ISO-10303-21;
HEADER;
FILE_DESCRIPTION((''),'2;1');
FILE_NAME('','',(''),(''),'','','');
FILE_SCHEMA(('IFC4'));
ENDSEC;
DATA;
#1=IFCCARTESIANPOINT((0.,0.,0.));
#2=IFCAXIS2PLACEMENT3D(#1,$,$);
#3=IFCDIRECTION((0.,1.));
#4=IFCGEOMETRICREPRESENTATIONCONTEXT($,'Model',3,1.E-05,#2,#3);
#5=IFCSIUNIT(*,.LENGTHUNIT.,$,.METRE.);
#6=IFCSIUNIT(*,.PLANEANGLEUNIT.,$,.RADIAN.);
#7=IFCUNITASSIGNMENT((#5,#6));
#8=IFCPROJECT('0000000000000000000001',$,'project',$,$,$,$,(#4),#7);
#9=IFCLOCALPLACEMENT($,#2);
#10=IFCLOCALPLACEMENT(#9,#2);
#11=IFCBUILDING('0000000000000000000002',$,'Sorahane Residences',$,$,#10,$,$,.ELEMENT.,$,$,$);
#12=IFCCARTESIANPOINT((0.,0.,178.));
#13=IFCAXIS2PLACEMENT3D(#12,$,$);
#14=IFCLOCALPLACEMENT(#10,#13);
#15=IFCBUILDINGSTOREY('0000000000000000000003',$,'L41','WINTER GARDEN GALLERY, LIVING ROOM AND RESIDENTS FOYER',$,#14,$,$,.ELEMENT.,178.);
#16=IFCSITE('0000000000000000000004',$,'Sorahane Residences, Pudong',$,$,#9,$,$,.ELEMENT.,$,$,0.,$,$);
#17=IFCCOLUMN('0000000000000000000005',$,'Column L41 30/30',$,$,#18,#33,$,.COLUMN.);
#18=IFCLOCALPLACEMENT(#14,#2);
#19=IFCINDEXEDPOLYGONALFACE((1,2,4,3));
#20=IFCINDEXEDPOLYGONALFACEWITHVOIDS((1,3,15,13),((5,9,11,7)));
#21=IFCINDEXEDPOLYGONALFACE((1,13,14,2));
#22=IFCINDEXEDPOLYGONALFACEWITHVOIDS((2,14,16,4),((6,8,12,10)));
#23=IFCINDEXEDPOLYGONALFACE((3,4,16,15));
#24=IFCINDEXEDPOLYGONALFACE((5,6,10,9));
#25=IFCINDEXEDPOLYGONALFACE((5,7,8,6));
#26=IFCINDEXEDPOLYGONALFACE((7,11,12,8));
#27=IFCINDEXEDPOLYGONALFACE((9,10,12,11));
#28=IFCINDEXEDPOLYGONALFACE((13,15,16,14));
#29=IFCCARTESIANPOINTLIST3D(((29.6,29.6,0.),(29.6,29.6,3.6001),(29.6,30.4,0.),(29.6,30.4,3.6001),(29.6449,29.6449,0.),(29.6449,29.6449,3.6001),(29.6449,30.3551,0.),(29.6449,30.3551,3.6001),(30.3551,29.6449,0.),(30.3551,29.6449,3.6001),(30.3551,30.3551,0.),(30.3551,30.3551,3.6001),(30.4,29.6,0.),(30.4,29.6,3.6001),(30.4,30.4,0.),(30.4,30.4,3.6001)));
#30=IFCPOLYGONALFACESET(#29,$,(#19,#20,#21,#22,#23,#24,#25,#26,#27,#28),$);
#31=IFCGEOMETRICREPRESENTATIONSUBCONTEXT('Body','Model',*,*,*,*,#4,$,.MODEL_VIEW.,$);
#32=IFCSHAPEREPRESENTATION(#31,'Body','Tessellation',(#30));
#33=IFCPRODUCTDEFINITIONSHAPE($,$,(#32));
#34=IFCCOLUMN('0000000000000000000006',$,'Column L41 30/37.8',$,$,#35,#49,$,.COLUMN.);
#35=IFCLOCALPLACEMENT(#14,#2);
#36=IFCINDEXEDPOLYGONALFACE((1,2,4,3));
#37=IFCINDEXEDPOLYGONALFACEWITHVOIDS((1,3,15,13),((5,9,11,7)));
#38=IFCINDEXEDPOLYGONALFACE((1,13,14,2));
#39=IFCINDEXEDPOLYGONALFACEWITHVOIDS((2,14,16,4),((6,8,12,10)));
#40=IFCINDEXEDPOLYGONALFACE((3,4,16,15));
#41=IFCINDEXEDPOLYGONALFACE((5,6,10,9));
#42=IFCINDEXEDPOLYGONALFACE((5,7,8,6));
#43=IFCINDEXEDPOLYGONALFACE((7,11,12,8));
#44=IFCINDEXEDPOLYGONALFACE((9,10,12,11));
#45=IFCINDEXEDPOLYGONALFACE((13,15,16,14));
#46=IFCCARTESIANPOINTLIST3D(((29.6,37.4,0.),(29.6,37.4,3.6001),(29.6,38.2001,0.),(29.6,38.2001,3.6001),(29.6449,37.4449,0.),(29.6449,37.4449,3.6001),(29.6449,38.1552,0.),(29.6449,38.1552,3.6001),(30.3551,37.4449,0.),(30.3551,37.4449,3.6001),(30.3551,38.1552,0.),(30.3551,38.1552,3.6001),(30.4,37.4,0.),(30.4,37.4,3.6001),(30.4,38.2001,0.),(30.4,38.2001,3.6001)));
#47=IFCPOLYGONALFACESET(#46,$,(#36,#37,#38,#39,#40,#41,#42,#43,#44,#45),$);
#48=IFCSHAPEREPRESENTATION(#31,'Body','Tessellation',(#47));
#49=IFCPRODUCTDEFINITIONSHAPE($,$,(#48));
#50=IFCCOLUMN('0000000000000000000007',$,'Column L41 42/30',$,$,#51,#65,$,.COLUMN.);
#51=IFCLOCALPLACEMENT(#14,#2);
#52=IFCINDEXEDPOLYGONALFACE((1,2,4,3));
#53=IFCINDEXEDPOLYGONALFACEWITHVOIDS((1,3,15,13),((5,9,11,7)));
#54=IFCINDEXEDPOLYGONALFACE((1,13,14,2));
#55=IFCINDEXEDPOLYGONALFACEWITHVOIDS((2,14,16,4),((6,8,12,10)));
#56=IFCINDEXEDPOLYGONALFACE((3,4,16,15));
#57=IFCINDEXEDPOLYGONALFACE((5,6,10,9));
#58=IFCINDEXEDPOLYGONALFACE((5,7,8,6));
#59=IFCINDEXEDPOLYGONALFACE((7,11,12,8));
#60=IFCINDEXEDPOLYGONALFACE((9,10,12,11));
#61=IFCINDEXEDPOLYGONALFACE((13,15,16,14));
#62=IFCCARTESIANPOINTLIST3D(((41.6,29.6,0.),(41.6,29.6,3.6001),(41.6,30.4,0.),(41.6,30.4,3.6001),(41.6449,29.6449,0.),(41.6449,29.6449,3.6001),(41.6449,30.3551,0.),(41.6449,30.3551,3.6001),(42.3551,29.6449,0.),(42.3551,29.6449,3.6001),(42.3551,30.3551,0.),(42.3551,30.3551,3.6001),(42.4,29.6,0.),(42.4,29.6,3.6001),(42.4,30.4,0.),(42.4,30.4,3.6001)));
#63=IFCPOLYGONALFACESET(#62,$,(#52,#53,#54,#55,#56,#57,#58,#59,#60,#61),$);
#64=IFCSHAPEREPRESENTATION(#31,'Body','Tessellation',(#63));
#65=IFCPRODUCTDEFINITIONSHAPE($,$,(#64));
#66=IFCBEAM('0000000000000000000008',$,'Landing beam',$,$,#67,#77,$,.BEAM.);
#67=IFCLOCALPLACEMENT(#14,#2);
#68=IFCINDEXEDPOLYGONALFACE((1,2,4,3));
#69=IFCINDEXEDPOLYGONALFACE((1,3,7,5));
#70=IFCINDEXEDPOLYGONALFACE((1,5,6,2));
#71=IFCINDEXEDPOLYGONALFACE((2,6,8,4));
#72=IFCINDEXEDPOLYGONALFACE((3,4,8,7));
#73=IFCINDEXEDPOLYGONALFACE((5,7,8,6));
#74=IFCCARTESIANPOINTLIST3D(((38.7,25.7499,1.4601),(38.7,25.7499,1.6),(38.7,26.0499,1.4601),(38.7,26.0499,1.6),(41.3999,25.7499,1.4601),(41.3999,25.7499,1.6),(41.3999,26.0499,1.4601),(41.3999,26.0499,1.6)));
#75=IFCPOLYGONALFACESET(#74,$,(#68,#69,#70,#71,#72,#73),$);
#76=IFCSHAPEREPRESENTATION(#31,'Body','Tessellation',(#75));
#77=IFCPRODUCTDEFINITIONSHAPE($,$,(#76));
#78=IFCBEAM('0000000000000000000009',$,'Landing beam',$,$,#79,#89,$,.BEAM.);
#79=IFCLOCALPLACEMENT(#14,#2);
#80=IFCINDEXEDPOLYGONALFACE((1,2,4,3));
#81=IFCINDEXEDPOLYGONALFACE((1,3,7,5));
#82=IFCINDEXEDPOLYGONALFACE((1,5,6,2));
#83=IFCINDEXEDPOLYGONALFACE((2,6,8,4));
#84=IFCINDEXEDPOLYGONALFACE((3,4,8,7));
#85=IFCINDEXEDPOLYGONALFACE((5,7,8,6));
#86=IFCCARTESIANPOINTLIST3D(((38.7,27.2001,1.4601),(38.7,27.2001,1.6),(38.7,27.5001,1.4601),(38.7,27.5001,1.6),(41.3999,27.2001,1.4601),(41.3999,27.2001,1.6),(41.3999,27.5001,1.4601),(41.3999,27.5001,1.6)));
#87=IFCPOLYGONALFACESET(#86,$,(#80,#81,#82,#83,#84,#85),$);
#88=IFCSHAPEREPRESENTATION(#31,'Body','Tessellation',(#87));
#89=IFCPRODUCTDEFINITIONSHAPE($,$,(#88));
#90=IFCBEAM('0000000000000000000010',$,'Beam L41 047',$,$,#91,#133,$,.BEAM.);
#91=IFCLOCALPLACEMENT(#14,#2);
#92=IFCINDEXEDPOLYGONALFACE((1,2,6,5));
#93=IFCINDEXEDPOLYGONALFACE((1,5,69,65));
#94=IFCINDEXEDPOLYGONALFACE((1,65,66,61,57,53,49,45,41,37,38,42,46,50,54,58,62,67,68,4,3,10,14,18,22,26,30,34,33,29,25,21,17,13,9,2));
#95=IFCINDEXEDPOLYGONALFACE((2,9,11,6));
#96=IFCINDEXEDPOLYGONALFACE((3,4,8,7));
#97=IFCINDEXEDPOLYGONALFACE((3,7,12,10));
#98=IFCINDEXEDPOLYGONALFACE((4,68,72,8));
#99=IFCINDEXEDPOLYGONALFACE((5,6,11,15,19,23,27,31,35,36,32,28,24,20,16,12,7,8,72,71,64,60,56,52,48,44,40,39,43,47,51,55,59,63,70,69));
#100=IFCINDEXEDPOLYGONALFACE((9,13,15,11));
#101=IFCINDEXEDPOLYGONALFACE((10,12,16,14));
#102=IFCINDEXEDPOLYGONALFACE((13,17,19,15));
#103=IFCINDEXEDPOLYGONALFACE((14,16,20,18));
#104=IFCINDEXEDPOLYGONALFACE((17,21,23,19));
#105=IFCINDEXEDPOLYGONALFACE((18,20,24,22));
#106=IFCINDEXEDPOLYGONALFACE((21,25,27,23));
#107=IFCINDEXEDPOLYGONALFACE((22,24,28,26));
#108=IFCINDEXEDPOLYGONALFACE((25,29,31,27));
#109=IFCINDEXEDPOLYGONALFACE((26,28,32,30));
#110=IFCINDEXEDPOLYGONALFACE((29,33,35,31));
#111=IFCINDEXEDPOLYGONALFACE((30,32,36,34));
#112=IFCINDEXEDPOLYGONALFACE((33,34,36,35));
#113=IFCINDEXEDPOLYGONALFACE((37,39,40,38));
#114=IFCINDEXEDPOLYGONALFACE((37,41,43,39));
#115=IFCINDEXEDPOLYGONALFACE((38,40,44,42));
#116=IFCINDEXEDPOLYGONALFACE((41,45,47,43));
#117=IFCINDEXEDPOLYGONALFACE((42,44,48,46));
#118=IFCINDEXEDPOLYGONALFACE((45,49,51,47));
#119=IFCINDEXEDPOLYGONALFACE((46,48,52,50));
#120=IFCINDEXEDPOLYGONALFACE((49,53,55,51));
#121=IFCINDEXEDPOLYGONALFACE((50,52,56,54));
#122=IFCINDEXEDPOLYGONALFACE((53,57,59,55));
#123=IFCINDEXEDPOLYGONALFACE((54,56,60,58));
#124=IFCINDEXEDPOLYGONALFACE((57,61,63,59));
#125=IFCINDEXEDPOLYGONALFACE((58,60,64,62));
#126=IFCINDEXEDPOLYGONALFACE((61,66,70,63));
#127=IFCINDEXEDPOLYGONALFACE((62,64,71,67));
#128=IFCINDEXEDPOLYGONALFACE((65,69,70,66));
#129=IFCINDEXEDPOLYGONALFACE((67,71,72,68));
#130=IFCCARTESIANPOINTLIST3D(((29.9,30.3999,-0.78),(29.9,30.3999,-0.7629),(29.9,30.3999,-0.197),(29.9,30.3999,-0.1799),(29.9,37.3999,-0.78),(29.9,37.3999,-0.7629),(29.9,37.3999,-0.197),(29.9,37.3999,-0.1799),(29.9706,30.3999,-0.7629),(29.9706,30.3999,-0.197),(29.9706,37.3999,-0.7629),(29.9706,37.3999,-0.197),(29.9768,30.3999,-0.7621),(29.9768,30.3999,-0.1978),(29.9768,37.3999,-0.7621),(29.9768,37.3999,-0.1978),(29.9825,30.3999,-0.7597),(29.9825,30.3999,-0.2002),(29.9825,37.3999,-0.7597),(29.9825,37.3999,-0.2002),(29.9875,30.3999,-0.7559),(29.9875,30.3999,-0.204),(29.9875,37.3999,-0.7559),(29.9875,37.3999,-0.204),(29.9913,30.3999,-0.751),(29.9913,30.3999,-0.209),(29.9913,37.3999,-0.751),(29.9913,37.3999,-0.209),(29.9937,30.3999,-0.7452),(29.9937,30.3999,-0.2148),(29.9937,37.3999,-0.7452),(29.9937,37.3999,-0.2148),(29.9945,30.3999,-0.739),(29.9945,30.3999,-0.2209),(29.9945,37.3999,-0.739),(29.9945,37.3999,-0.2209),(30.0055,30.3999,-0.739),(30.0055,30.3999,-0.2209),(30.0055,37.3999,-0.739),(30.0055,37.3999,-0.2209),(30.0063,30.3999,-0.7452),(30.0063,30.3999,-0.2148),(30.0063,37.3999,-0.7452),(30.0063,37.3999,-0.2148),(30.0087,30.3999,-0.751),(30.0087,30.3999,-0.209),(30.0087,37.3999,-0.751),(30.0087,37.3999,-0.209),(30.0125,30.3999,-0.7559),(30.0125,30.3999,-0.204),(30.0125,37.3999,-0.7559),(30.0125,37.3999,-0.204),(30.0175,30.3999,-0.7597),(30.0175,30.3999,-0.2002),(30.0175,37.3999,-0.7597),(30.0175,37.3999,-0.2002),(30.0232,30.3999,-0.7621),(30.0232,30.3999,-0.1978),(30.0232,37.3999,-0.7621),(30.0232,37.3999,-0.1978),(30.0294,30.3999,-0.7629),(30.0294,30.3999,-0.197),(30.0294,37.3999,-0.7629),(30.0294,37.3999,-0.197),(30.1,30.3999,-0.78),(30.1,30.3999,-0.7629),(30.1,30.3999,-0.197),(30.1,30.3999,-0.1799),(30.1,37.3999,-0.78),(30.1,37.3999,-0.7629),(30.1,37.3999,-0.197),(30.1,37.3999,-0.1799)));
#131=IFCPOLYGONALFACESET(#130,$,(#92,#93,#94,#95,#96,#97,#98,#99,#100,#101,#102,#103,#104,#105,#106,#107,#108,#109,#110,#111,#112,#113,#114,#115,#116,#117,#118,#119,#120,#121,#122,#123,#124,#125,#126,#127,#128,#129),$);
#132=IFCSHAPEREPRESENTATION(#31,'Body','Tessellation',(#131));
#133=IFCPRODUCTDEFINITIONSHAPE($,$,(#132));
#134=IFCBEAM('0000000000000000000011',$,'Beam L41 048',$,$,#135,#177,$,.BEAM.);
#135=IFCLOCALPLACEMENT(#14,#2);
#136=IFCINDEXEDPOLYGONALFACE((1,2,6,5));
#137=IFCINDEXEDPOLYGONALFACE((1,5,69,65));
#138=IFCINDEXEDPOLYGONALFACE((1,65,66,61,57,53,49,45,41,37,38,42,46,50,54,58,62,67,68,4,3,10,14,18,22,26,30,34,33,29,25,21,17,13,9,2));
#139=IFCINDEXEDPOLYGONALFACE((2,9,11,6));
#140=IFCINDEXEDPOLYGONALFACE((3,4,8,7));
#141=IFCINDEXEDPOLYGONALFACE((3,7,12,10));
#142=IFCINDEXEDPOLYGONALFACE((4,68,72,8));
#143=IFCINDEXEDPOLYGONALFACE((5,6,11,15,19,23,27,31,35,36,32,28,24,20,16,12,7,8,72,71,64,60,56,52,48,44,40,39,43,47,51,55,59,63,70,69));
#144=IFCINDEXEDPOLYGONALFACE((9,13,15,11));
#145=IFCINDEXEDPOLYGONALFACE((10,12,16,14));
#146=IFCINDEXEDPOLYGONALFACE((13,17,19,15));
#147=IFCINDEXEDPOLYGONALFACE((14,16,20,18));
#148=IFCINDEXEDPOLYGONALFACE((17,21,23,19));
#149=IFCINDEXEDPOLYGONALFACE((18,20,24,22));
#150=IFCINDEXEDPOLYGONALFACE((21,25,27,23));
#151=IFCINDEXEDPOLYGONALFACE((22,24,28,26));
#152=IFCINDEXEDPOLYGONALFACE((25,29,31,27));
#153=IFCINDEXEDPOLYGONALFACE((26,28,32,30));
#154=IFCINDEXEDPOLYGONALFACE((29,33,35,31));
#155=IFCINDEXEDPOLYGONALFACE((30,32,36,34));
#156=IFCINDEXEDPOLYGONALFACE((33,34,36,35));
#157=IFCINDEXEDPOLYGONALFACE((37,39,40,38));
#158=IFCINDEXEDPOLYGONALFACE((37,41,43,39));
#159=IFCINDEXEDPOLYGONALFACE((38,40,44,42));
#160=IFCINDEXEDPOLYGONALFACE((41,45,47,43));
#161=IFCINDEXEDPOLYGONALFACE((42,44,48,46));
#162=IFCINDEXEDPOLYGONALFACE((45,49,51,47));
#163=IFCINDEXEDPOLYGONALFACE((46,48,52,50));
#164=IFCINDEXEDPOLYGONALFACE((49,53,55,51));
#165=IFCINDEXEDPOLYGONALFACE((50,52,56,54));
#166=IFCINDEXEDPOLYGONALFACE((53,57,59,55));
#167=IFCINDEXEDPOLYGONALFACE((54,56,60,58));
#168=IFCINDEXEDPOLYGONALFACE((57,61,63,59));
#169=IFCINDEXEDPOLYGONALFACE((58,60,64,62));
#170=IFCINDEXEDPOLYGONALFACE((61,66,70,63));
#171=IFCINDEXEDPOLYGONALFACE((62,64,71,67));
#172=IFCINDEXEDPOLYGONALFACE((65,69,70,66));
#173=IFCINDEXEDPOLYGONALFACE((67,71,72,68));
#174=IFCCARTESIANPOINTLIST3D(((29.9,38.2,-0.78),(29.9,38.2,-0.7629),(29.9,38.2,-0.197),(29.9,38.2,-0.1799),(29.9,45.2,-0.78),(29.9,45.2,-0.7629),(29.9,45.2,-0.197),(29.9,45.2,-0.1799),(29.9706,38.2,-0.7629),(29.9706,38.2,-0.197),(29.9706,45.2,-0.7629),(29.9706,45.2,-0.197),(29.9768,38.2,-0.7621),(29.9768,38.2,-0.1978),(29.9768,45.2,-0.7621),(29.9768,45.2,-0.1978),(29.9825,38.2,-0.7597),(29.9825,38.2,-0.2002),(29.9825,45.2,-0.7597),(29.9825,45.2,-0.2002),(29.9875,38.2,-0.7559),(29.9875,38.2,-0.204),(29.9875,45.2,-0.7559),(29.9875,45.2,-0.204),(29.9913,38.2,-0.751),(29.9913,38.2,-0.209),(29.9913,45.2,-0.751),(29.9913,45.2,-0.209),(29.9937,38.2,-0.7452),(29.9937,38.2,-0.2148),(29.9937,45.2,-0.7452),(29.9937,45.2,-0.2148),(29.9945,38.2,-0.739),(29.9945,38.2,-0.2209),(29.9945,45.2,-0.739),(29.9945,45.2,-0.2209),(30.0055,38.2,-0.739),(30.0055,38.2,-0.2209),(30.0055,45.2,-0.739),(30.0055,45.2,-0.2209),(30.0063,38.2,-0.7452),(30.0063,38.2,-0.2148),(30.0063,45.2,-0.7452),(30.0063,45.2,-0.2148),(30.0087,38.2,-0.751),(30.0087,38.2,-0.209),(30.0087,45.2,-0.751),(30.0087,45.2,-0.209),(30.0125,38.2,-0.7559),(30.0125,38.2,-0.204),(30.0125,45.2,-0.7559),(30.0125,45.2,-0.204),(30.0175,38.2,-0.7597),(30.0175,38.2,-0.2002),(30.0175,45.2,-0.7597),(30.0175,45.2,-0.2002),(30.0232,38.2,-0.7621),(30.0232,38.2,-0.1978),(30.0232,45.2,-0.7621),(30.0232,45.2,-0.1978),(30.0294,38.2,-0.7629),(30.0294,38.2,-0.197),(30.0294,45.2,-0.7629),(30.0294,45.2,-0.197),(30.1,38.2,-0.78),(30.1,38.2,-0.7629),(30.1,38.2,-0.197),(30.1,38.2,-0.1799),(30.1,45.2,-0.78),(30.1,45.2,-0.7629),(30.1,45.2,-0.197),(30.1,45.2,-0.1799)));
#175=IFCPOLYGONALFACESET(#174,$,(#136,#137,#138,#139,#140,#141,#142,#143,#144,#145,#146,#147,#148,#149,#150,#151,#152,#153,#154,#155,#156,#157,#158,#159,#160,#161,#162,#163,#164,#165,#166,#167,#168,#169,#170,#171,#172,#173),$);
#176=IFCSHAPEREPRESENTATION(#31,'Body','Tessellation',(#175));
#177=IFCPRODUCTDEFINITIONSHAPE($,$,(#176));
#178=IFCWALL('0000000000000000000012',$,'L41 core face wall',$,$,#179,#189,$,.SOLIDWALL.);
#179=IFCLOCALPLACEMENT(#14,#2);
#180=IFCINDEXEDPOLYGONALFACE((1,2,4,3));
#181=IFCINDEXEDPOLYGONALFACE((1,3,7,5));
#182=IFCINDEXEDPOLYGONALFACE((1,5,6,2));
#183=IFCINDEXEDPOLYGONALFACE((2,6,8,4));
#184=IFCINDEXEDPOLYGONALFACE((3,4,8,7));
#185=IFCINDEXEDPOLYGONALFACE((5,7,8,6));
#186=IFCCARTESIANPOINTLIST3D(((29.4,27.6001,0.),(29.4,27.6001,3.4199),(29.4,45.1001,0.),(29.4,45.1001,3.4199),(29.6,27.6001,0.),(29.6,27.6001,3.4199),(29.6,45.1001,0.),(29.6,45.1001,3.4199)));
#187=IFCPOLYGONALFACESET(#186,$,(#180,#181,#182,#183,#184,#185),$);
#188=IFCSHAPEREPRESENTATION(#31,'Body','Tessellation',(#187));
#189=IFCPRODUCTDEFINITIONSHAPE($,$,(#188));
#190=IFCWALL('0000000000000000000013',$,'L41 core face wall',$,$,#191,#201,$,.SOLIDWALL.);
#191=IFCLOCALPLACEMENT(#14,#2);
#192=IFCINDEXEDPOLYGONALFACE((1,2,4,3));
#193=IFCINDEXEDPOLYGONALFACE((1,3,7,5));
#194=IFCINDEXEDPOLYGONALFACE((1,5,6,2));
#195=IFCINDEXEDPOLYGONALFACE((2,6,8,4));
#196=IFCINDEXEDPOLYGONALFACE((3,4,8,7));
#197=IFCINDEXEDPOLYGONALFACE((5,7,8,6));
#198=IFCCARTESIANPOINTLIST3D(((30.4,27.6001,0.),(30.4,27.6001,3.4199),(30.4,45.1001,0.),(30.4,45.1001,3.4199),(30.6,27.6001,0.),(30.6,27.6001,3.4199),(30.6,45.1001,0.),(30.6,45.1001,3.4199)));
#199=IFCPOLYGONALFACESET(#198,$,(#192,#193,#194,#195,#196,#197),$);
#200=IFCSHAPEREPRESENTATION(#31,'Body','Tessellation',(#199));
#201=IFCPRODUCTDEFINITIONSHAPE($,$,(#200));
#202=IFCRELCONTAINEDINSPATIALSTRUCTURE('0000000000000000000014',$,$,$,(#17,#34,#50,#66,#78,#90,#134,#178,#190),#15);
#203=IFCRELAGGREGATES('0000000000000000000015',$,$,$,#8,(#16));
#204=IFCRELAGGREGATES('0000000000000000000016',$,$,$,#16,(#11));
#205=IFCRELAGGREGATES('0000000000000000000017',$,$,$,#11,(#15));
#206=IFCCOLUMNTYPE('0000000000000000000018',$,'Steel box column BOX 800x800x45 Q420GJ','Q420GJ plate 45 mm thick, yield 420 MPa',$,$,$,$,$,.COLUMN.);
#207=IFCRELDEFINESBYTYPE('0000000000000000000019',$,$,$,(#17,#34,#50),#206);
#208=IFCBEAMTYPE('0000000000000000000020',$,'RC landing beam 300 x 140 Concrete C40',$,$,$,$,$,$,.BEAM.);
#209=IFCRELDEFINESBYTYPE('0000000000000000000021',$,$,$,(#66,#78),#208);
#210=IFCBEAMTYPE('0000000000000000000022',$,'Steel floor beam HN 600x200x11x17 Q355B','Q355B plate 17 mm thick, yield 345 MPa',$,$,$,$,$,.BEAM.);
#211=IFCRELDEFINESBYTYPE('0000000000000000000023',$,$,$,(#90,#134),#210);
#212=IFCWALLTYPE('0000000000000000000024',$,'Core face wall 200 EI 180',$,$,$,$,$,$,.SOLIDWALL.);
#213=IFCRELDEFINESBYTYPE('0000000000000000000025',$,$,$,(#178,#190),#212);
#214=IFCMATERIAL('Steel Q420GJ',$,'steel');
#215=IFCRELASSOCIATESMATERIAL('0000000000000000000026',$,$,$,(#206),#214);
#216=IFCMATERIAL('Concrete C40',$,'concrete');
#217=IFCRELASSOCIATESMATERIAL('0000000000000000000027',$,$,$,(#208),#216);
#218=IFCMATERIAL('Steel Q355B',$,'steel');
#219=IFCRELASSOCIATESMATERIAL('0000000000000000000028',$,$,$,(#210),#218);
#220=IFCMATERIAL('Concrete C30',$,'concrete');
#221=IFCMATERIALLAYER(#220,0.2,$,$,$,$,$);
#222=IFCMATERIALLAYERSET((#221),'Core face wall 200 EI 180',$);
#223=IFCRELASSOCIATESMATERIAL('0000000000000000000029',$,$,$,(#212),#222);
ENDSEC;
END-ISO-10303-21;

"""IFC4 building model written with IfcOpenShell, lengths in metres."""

from ifc_helpers import new_model, si_unit, direction, frame, frame_2d, origin, origin_2d, place, context, subcontext, project, spatial, rectangle, hollow_rectangle, i_section, extrude, material, layer, layer_set, material_profile, profile_set, type_object, element, save


model = new_model("IFC4")

# Units and contexts
model_context = context("Model", 3, precision=1e-05, world=origin(), true_north=direction((0.0, 1.0)))
body_context = subcontext(model_context, "Body", "Model", "MODEL_VIEW")
ifc_project = project(units=[si_unit("LENGTHUNIT", "METRE"), si_unit("PLANEANGLEUNIT", "RADIAN")], contexts=[model_context])

# Site, building, storey
site_placement = place(None, origin())
site = spatial("IfcSite", under=ifc_project, at=site_placement, Name="Sorahane Residences, Pudong", CompositionType="ELEMENT", RefElevation=0.0)
building_placement = place(site_placement, origin())
building = spatial("IfcBuilding", under=site, at=building_placement, Name="Sorahane Residences", CompositionType="ELEMENT")
storey_placement = place(building_placement, frame((0.0, 0.0, 178.0)))
storey = spatial("IfcBuildingStorey", under=building, at=storey_placement, Name="L41", Description="WINTER GARDEN GALLERY, LIVING ROOM AND RESIDENTS FOYER", CompositionType="ELEMENT", Elevation=178.0)

# Columns
ifc_material_1 = material(Name="Steel Q420GJ", Category="steel")
ifc_material_profile_1 = material_profile(ifc_material_1, hollow_rectangle(XDim=0.8, YDim=0.8, WallThickness=0.0449, at=origin_2d()), Name="BOX 800x800x45")
ifc_profile_set_1 = profile_set([ifc_material_profile_1], Name="Steel Q420GJ")
column_type = type_object("IfcColumnType", Name="Steel box column BOX 800x800x45 Q420GJ", Description="Q420GJ plate 45 mm thick, yield 420 MPa", PredefinedType="COLUMN", material=ifc_profile_set_1)
for number, where, z_axis, x_axis, name in (
    (1, (30.0, 30.0, 0.0), (0.0, 0.0, 1.0), (1.0, 0.0, 0.0), "Column L41 30/30"),
    (2, (30.0, 37.8, 0.0), (0.0, 0.0, 1.0), (1.0, 0.0, 0.0), "Column L41 30/37.8"),
    (3, (42.0, 30.0, 0.0), (0.0, 0.0, 1.0), (1.0, 0.0, 0.0), "Column L41 42/30"),
):
    element("IfcColumn", number, at=place(storey_placement, frame(where, z_axis=z_axis, x_axis=x_axis)), inside=storey, type_object=column_type, Name=name, PredefinedType="COLUMN", context=body_context, shape_type="SweptSolid", body=[
        extrude(hollow_rectangle(XDim=0.8, YDim=0.8, WallThickness=0.0449, at=origin_2d()), origin(), (0.0, 0.0, 1.0), 3.6001),
    ])

# Beams
ifc_material_2 = material(Name="Concrete C40", Category="concrete")
ifc_material_profile_2 = material_profile(ifc_material_2, rectangle(XDim=0.3, YDim=0.1399, at=origin_2d()), Name="300x140")
ifc_profile_set_2 = profile_set([ifc_material_profile_2], Name="Concrete C40")
beam_type_1 = type_object("IfcBeamType", Name="RC landing beam 300 x 140 Concrete C40", PredefinedType="BEAM", material=ifc_profile_set_2)
for number, where, z_axis, x_axis, name in (
    (4, (38.7, 25.8999, 1.53), (1.0, 0.0, 0.0), (0.0, 1.0, 0.0), "Landing beam"),
    (5, (38.7, 27.3501, 1.53), (1.0, 0.0, 0.0), (0.0, 1.0, 0.0), "Landing beam"),
):
    element("IfcBeam", number, at=place(storey_placement, frame(where, z_axis=z_axis, x_axis=x_axis)), inside=storey, type_object=beam_type_1, Name=name, PredefinedType="BEAM", context=body_context, shape_type="SweptSolid", body=[
        extrude(rectangle(XDim=0.3, YDim=0.1399, at=origin_2d()), origin(), (0.0, 0.0, 1.0), 2.7),
    ])
ifc_material_3 = material(Name="Steel Q355B", Category="steel")
ifc_material_profile_3 = material_profile(ifc_material_3, i_section(OverallWidth=0.2, OverallDepth=0.6001, WebThickness=0.011, FlangeThickness=0.0171, FilletRadius=0.0239, at=origin_2d()), Name="HN 600x200x11x17")
ifc_profile_set_3 = profile_set([ifc_material_profile_3], Name="Steel Q355B")
beam_type_2 = type_object("IfcBeamType", Name="Steel floor beam HN 600x200x11x17 Q355B", Description="Q355B plate 17 mm thick, yield 345 MPa", PredefinedType="BEAM", material=ifc_profile_set_3)
for number, where, z_axis, x_axis, name in (
    (6, (30.0, 30.3999, -0.48), (0.0, 1.0, 0.0), (-1.0, 0.0, 0.0), "Beam L41 047"),
    (7, (30.0, 38.2, -0.48), (0.0, 1.0, 0.0), (-1.0, 0.0, 0.0), "Beam L41 048"),
):
    element("IfcBeam", number, at=place(storey_placement, frame(where, z_axis=z_axis, x_axis=x_axis)), inside=storey, type_object=beam_type_2, Name=name, PredefinedType="BEAM", context=body_context, shape_type="SweptSolid", body=[
        extrude(i_section(OverallWidth=0.2, OverallDepth=0.6001, WebThickness=0.011, FlangeThickness=0.0171, FilletRadius=0.0239, at=origin_2d()), origin(), (0.0, 0.0, 1.0), 7.0),
    ])

# Walls
ifc_material_4 = material(Name="Concrete C30", Category="concrete")
ifc_layer_1 = layer(ifc_material_4, 0.2)
ifc_layer_set_1 = layer_set([ifc_layer_1], Name="Core face wall 200 EI 180")
wall_type_1 = type_object("IfcWallType", Name="Core face wall 200 EI 180", PredefinedType="SOLIDWALL", material=ifc_layer_set_1)
for number, where, z_axis, x_axis, name in (
    (8, (29.5, 27.6001, 0.0), (0.0, 0.0, 1.0), (0.0, 1.0, 0.0), "L41 core face wall"),
    (9, (30.5, 27.6001, 0.0), (0.0, 0.0, 1.0), (0.0, 1.0, 0.0), "L41 core face wall"),
):
    element("IfcWall", number, at=place(storey_placement, frame(where, z_axis=z_axis, x_axis=x_axis)), inside=storey, type_object=wall_type_1, Name=name, PredefinedType="SOLIDWALL", context=body_context, shape_type="SweptSolid", body=[
        extrude(rectangle(XDim=17.5, YDim=0.2, at=frame_2d((8.75, 0.0))), origin(), (0.0, 0.0, 1.0), 3.4199),
    ])

save(model, "model.ifc")
